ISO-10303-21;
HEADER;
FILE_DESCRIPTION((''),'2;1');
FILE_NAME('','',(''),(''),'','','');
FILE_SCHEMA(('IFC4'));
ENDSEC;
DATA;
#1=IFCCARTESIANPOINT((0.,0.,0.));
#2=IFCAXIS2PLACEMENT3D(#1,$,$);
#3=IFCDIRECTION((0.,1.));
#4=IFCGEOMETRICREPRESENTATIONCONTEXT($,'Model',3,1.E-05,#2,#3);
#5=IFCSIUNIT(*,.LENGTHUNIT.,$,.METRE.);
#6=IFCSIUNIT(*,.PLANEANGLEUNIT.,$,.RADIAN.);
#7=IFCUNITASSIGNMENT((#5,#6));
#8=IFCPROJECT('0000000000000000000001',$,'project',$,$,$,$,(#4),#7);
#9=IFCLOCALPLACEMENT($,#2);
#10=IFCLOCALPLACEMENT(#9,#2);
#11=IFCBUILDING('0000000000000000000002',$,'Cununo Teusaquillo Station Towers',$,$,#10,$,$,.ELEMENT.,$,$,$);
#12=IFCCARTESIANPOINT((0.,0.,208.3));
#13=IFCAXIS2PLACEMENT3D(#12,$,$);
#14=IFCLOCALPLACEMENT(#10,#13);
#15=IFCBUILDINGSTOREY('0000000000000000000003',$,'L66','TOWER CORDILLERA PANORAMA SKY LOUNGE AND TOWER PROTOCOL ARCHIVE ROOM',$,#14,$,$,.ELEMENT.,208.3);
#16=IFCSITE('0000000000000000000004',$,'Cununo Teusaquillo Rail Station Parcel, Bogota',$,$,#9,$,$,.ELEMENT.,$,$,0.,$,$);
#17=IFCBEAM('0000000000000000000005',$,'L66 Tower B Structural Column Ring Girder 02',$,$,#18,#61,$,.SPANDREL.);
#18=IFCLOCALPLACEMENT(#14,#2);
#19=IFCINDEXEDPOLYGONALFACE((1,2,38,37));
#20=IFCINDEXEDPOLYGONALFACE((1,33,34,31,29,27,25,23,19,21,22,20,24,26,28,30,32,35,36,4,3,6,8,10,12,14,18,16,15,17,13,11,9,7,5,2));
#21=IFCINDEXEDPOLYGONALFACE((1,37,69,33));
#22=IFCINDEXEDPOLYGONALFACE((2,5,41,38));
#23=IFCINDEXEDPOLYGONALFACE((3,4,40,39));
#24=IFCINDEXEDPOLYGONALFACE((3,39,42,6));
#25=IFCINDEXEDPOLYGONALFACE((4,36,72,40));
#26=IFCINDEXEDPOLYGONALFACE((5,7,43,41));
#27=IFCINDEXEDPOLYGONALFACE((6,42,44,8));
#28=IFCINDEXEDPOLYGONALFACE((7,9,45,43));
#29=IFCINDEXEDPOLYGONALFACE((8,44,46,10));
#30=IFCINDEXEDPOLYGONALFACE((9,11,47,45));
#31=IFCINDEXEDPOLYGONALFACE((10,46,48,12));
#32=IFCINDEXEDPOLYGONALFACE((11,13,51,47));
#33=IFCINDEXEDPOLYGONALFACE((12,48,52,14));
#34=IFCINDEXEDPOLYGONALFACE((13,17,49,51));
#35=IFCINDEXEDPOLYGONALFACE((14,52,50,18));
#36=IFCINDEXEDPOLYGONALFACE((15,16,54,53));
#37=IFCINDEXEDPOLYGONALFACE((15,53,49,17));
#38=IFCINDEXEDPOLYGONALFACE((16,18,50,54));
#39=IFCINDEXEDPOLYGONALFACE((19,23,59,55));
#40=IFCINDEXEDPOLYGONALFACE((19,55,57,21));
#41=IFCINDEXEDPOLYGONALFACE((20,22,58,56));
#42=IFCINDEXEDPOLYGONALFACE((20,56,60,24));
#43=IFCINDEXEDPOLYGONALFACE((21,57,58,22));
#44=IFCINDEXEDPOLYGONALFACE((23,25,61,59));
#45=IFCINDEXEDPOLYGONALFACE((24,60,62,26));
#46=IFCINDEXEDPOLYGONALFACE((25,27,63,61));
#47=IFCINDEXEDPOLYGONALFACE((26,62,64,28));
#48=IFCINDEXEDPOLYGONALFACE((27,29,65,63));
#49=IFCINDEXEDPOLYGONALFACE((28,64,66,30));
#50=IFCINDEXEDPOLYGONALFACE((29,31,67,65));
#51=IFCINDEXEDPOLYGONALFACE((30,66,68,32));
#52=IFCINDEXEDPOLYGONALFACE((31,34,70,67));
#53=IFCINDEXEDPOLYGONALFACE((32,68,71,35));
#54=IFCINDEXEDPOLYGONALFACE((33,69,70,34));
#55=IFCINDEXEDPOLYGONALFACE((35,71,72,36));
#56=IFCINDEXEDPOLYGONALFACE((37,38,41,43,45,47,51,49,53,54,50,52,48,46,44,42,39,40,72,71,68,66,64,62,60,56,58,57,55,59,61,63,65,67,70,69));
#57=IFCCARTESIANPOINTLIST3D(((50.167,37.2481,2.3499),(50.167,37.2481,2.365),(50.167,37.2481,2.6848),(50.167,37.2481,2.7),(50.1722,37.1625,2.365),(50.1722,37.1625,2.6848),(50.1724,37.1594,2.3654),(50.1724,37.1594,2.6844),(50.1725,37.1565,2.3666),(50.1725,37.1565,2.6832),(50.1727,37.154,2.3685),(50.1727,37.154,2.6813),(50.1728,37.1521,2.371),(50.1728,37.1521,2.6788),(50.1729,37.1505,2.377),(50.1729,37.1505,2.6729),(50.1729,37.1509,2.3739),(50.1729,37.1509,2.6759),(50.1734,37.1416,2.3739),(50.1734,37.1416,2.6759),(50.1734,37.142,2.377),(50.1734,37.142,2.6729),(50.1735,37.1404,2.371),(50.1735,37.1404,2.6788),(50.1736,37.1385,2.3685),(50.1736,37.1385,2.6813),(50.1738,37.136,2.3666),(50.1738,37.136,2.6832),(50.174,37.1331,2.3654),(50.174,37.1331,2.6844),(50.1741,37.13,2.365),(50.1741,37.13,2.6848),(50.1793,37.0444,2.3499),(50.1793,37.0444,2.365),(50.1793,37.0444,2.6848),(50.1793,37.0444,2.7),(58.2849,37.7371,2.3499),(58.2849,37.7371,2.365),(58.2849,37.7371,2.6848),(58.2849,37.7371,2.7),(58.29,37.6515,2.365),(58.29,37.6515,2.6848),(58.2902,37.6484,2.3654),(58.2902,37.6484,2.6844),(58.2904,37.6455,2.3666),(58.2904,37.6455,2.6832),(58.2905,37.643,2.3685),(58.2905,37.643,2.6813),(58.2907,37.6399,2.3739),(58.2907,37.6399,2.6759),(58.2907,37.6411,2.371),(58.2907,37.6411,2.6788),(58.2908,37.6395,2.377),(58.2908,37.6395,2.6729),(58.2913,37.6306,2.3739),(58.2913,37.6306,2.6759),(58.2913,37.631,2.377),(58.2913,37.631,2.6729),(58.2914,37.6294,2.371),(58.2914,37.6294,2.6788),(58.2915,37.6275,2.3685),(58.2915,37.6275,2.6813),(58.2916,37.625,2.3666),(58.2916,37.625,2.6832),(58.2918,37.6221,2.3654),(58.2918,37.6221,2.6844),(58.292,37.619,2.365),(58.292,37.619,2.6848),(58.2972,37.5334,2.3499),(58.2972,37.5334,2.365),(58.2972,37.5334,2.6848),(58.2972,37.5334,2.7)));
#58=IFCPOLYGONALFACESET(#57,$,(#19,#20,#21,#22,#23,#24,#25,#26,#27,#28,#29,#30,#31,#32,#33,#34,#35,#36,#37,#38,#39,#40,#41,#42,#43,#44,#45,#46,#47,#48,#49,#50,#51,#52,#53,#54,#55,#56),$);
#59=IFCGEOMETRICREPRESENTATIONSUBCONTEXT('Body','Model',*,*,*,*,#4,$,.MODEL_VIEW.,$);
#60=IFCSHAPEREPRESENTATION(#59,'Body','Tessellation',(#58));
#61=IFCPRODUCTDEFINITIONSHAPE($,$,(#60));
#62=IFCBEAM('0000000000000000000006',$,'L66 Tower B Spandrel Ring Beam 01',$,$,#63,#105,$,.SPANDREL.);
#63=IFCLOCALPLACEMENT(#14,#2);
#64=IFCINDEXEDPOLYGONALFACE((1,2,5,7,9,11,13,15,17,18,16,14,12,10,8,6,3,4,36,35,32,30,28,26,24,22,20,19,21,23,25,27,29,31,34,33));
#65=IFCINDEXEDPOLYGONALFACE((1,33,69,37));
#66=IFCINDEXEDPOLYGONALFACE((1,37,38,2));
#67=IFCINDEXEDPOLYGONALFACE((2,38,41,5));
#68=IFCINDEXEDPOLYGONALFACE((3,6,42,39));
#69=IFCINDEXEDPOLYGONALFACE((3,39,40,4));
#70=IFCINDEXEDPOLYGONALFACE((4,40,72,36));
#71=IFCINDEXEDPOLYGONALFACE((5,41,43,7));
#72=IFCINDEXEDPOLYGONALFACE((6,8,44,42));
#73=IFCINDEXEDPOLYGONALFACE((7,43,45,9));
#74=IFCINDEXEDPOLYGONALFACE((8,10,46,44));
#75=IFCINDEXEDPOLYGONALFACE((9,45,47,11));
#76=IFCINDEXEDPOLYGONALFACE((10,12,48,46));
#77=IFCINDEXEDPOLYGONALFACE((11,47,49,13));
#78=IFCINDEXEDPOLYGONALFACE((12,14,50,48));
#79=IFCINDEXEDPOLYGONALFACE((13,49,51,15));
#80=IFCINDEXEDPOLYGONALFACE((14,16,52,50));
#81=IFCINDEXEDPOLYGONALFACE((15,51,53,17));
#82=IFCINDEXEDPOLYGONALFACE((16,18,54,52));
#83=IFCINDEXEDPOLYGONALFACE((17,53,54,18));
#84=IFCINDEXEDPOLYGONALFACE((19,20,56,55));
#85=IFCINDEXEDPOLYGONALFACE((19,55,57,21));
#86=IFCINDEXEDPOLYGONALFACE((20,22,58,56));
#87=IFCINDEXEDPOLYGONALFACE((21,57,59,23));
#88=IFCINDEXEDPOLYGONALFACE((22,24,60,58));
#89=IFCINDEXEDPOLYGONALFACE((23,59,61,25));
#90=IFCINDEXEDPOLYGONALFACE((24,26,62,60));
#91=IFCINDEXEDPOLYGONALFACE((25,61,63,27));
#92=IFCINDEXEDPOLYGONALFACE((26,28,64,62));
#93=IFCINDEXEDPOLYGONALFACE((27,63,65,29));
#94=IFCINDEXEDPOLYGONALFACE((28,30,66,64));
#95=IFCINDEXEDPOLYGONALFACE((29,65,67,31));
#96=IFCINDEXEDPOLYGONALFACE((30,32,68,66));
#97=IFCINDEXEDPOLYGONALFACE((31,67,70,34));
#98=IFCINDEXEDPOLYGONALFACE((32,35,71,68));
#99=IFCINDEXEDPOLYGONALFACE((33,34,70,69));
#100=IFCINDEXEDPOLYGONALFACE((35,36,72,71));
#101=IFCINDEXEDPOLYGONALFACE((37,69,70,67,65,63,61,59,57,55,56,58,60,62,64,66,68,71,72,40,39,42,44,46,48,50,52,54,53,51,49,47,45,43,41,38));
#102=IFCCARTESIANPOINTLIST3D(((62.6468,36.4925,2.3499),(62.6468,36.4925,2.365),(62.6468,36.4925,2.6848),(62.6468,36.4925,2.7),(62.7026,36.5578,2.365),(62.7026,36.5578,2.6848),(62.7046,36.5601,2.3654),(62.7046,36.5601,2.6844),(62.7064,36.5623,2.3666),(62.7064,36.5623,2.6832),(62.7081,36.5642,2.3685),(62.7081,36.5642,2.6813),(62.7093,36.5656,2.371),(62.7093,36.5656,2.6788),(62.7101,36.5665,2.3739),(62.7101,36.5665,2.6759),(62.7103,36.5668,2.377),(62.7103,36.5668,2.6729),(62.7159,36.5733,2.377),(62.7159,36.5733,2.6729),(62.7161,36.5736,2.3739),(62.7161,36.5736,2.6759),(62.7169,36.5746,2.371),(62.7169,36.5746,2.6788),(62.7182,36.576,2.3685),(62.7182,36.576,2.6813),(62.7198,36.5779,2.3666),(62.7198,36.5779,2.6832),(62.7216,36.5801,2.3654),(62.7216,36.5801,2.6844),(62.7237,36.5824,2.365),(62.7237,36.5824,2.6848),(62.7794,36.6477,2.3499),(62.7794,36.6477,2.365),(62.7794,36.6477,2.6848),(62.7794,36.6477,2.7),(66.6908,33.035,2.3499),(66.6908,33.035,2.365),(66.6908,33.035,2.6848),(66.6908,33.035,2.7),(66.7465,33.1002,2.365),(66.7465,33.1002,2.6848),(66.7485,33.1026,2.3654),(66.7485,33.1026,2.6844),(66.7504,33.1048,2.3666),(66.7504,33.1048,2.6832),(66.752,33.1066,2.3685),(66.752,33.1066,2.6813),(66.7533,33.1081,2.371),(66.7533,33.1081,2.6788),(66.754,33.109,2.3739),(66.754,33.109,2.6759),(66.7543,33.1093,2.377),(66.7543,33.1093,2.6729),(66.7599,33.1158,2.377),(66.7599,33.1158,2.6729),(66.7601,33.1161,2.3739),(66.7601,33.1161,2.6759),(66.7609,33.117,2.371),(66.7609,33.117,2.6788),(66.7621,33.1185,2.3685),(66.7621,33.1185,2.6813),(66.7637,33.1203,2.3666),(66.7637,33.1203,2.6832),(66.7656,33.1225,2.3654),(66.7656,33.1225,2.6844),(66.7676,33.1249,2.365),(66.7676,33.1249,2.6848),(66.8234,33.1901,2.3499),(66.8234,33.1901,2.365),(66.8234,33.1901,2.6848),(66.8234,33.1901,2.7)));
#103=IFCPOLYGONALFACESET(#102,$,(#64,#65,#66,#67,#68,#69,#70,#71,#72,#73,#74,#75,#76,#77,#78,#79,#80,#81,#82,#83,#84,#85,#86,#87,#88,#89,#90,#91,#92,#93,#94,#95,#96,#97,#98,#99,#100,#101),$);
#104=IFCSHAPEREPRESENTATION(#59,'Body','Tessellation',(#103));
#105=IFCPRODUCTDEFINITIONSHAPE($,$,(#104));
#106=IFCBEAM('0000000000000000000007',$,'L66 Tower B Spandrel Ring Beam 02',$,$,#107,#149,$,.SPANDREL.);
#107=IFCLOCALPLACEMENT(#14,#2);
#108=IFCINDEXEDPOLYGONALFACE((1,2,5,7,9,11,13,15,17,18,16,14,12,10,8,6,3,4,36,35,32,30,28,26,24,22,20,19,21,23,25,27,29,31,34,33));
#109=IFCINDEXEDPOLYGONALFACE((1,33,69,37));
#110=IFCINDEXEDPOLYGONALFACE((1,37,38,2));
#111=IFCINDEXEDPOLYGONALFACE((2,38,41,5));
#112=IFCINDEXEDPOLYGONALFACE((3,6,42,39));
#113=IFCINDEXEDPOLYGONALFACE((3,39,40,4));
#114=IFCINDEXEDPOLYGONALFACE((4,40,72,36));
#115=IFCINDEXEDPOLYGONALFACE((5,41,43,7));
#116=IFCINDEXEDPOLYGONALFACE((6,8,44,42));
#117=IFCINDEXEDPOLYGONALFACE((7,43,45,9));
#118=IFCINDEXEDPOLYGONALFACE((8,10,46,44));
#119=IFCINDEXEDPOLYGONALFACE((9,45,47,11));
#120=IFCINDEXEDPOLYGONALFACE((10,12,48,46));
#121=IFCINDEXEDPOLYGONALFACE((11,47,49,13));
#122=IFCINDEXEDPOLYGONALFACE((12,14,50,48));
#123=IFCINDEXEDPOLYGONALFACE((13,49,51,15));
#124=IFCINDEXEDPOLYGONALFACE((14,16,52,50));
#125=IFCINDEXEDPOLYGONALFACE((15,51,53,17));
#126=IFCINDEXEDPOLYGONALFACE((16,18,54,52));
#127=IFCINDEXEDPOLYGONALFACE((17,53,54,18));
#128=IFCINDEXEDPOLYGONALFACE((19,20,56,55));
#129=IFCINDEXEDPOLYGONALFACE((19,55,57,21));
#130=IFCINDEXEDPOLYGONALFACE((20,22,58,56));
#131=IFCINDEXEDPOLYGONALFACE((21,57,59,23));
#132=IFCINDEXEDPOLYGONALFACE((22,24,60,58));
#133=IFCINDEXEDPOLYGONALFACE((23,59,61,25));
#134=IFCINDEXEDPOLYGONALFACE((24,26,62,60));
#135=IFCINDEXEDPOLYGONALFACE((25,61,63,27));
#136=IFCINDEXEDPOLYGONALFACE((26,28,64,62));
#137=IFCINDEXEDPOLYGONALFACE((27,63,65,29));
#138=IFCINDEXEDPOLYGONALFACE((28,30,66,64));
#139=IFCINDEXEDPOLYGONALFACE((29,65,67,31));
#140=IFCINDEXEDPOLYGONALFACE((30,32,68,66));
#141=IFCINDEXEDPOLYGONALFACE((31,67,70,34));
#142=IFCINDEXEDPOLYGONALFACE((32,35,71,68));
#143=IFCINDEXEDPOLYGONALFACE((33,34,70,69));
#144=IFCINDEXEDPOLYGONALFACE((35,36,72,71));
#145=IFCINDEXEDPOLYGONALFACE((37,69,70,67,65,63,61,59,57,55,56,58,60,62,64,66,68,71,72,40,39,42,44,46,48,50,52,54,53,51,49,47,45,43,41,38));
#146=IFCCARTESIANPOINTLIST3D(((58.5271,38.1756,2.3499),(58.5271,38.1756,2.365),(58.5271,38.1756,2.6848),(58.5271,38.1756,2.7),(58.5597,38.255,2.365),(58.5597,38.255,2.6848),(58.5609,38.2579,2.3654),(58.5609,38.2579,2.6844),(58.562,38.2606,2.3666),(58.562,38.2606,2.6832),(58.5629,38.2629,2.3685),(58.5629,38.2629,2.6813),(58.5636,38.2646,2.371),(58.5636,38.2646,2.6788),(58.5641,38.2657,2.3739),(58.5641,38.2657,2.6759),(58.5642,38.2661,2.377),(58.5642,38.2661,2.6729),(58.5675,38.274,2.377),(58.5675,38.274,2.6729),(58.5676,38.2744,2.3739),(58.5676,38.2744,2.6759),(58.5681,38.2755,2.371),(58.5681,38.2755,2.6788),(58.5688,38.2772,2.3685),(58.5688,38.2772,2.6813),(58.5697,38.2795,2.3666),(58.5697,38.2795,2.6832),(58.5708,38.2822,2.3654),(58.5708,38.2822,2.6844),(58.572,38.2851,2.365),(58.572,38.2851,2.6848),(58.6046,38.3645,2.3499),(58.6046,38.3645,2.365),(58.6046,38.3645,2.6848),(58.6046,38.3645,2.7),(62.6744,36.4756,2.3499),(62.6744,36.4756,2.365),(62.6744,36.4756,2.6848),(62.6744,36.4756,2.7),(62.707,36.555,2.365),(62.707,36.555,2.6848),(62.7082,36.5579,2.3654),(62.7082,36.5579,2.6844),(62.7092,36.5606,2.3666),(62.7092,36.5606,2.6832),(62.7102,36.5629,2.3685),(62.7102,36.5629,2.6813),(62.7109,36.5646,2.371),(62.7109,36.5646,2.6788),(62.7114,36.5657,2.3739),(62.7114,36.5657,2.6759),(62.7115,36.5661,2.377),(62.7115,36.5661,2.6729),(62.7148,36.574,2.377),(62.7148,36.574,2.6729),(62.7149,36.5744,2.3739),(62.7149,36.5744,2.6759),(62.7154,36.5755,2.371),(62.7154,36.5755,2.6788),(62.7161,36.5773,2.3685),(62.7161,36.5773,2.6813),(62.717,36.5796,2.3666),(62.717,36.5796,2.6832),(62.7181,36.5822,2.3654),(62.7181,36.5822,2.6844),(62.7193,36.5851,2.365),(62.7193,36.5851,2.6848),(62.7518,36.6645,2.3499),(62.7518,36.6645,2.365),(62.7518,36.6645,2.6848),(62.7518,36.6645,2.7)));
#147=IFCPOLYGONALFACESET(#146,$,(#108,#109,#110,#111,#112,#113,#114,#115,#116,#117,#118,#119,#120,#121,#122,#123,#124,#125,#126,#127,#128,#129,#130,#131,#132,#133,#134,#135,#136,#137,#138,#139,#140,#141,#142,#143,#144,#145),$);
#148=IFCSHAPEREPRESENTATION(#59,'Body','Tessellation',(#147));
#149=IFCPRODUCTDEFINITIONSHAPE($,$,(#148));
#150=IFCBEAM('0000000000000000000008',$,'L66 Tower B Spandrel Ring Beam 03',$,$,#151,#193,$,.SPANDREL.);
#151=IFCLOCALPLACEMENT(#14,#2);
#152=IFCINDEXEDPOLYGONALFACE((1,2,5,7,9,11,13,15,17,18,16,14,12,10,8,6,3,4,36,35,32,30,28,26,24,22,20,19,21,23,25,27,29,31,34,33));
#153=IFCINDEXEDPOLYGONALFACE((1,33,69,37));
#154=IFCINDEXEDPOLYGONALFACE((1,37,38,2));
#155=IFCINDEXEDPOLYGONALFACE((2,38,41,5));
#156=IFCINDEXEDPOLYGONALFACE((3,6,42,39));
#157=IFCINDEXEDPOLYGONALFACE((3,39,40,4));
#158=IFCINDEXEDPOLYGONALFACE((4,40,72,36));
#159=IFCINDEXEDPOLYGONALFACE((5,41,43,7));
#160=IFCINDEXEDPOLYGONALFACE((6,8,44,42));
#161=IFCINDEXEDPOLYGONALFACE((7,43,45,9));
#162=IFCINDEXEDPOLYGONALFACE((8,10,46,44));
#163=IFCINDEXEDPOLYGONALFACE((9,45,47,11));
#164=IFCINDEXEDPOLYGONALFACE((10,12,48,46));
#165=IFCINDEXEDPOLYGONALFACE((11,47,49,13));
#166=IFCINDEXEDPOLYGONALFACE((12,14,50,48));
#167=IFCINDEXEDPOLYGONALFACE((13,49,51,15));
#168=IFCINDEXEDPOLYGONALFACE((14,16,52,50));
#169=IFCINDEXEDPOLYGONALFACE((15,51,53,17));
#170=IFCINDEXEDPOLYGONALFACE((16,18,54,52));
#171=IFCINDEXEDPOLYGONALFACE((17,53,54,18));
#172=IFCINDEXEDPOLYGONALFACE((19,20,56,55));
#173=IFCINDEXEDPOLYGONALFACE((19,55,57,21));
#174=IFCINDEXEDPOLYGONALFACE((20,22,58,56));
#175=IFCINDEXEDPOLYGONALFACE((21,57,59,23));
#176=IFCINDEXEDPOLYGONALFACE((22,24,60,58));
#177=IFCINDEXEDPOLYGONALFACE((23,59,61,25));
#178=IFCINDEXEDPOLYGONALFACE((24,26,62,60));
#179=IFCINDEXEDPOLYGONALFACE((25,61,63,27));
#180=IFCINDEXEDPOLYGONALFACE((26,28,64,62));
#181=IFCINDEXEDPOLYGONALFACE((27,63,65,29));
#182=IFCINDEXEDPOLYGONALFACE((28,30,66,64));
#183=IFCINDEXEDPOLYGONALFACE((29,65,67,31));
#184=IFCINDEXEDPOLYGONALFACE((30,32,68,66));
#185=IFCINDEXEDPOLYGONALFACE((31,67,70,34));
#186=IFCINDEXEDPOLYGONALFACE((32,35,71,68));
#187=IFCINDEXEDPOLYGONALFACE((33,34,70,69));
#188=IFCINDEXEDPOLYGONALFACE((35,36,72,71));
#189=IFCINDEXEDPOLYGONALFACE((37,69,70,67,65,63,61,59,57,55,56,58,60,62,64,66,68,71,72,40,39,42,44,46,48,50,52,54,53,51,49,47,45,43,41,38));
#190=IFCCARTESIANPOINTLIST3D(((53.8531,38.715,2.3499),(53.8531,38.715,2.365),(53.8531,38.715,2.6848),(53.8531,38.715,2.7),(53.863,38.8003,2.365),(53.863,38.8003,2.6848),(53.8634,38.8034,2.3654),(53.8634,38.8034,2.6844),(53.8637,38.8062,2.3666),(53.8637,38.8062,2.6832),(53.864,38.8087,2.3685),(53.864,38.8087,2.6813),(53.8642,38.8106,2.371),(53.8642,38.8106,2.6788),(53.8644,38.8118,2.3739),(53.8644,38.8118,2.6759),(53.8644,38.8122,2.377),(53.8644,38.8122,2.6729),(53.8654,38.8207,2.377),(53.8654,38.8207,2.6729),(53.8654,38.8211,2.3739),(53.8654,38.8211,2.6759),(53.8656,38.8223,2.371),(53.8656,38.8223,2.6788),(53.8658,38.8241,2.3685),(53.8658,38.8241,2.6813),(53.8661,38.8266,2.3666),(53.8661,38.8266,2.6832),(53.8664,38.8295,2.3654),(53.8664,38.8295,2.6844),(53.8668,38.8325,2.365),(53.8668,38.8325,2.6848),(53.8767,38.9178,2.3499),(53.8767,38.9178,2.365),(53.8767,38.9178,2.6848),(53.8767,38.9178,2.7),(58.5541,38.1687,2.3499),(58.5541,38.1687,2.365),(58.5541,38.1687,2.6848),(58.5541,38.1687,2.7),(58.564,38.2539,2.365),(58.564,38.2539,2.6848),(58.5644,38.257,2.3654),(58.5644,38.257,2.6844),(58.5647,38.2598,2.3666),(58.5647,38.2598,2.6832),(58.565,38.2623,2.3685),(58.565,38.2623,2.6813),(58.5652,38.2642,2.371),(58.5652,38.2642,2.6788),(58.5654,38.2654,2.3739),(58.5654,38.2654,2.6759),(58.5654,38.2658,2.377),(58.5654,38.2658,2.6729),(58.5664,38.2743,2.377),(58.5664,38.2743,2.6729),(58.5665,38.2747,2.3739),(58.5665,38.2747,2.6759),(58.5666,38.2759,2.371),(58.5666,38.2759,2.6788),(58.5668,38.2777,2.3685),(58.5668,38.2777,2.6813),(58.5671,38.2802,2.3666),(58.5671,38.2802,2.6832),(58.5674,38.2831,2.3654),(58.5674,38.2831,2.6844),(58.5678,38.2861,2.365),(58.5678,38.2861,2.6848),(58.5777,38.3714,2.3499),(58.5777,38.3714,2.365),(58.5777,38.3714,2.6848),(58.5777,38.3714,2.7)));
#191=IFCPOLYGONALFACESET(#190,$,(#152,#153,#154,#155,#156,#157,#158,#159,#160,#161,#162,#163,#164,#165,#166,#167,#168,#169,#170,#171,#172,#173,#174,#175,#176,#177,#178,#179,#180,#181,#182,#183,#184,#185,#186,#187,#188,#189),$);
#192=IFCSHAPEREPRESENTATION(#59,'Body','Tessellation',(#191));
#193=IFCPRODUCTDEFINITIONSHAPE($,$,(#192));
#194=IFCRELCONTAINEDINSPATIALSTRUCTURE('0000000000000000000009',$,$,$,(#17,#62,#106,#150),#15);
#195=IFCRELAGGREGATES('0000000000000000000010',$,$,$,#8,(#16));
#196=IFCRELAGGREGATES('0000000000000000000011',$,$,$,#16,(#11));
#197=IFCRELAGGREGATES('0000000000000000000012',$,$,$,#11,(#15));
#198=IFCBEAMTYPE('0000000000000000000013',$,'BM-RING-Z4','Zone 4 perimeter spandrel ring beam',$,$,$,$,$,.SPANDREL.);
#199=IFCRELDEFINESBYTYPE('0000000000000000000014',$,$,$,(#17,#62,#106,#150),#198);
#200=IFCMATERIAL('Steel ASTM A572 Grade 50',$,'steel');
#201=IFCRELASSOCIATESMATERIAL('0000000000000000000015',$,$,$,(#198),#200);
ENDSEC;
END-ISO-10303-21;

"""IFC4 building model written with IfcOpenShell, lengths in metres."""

from ifc_helpers import new_model, si_unit, direction, frame, origin, origin_2d, place, context, subcontext, project, spatial, i_section, extrude, material, material_profile, profile_set, type_object, element, save


model = new_model("IFC4")

# Units and contexts
model_context = context("Model", 3, precision=1e-05, world=origin(), true_north=direction((0.0, 1.0)))
body_context = subcontext(model_context, "Body", "Model", "MODEL_VIEW")
ifc_project = project(units=[si_unit("LENGTHUNIT", "METRE"), si_unit("PLANEANGLEUNIT", "RADIAN")], contexts=[model_context])

# Site, building, storey
site_placement = place(None, origin())
site = spatial("IfcSite", under=ifc_project, at=site_placement, Name="Cununo Teusaquillo Rail Station Parcel, Bogota", CompositionType="ELEMENT", RefElevation=0.0)
building_placement = place(site_placement, origin())
building = spatial("IfcBuilding", under=site, at=building_placement, Name="Cununo Teusaquillo Station Towers", CompositionType="ELEMENT")
storey_placement = place(building_placement, frame((0.0, 0.0, 208.3)))
storey = spatial("IfcBuildingStorey", under=building, at=storey_placement, Name="L66", Description="TOWER CORDILLERA PANORAMA SKY LOUNGE AND TOWER PROTOCOL ARCHIVE ROOM", CompositionType="ELEMENT", Elevation=208.3)

# Beams
ifc_material_1 = material(Name="Steel ASTM A572 Grade 50", Category="steel")
ifc_material_profile_1 = material_profile(ifc_material_1, i_section(OverallWidth=0.2041, OverallDepth=0.3501, WebThickness=0.0085, FlangeThickness=0.0151, FilletRadius=0.012, at=origin_2d()), Name="W14X48")
ifc_profile_set_1 = profile_set([ifc_material_profile_1], Name="Steel ASTM A572 Grade 50")
beam_type_1 = type_object("IfcBeamType", Name="BM-RING-Z4", Description="Zone 4 perimeter spandrel ring beam", PredefinedType="SPANDREL", material=ifc_profile_set_1)
beam_1_placement = place(storey_placement, frame((58.291, 37.6353, 2.5249), z_axis=(-0.998191, -0.06013, 0.0), x_axis=(0.06013, -0.998191, 0.0)))
element("IfcBeam", 1, at=beam_1_placement, inside=storey, type_object=beam_type_1, Name="L66 Tower B Structural Column Ring Girder 02", PredefinedType="SPANDREL", context=body_context, shape_type="SweptSolid", body=[
    extrude(i_section(OverallWidth=0.2041, OverallDepth=0.3501, WebThickness=0.0085, FlangeThickness=0.0151, FilletRadius=0.012, at=origin_2d()), origin(), (0.0, 0.0, 1.0), 8.1326),
])
beam_2_placement = place(storey_placement, frame((66.7571, 33.1125, 2.5249), z_axis=(-0.760066, 0.649846, 0.0), x_axis=(-0.649846, -0.760066, 0.0)))
element("IfcBeam", 2, at=beam_2_placement, inside=storey, type_object=beam_type_1, Name="L66 Tower B Spandrel Ring Beam 01", PredefinedType="SPANDREL", context=body_context, shape_type="SweptSolid", body=[
    extrude(i_section(OverallWidth=0.2041, OverallDepth=0.3501, WebThickness=0.0085, FlangeThickness=0.0151, FilletRadius=0.012, at=origin_2d()), origin(), (0.0, 0.0, 1.0), 5.3206),
])
beam_3_placement = place(storey_placement, frame((62.7131, 36.5701, 2.5249), z_axis=(-0.925284, 0.379275, 0.0), x_axis=(-0.379275, -0.925284, 0.0)))
element("IfcBeam", 3, at=beam_3_placement, inside=storey, type_object=beam_type_1, Name="L66 Tower B Spandrel Ring Beam 02", PredefinedType="SPANDREL", context=body_context, shape_type="SweptSolid", body=[
    extrude(i_section(OverallWidth=0.2041, OverallDepth=0.3501, WebThickness=0.0085, FlangeThickness=0.0151, FilletRadius=0.012, at=origin_2d()), origin(), (0.0, 0.0, 1.0), 4.4822),
])
beam_4_placement = place(storey_placement, frame((58.5659, 38.27, 2.5249), z_axis=(-0.993313, 0.115452, 0.0), x_axis=(-0.115452, -0.993313, 0.0)))
element("IfcBeam", 4, at=beam_4_placement, inside=storey, type_object=beam_type_1, Name="L66 Tower B Spandrel Ring Beam 03", PredefinedType="SPANDREL", context=body_context, shape_type="SweptSolid", body=[
    extrude(i_section(OverallWidth=0.2041, OverallDepth=0.3501, WebThickness=0.0085, FlangeThickness=0.0151, FilletRadius=0.012, at=origin_2d()), origin(), (0.0, 0.0, 1.0), 4.7327),
])

save(model, "model.ifc")
